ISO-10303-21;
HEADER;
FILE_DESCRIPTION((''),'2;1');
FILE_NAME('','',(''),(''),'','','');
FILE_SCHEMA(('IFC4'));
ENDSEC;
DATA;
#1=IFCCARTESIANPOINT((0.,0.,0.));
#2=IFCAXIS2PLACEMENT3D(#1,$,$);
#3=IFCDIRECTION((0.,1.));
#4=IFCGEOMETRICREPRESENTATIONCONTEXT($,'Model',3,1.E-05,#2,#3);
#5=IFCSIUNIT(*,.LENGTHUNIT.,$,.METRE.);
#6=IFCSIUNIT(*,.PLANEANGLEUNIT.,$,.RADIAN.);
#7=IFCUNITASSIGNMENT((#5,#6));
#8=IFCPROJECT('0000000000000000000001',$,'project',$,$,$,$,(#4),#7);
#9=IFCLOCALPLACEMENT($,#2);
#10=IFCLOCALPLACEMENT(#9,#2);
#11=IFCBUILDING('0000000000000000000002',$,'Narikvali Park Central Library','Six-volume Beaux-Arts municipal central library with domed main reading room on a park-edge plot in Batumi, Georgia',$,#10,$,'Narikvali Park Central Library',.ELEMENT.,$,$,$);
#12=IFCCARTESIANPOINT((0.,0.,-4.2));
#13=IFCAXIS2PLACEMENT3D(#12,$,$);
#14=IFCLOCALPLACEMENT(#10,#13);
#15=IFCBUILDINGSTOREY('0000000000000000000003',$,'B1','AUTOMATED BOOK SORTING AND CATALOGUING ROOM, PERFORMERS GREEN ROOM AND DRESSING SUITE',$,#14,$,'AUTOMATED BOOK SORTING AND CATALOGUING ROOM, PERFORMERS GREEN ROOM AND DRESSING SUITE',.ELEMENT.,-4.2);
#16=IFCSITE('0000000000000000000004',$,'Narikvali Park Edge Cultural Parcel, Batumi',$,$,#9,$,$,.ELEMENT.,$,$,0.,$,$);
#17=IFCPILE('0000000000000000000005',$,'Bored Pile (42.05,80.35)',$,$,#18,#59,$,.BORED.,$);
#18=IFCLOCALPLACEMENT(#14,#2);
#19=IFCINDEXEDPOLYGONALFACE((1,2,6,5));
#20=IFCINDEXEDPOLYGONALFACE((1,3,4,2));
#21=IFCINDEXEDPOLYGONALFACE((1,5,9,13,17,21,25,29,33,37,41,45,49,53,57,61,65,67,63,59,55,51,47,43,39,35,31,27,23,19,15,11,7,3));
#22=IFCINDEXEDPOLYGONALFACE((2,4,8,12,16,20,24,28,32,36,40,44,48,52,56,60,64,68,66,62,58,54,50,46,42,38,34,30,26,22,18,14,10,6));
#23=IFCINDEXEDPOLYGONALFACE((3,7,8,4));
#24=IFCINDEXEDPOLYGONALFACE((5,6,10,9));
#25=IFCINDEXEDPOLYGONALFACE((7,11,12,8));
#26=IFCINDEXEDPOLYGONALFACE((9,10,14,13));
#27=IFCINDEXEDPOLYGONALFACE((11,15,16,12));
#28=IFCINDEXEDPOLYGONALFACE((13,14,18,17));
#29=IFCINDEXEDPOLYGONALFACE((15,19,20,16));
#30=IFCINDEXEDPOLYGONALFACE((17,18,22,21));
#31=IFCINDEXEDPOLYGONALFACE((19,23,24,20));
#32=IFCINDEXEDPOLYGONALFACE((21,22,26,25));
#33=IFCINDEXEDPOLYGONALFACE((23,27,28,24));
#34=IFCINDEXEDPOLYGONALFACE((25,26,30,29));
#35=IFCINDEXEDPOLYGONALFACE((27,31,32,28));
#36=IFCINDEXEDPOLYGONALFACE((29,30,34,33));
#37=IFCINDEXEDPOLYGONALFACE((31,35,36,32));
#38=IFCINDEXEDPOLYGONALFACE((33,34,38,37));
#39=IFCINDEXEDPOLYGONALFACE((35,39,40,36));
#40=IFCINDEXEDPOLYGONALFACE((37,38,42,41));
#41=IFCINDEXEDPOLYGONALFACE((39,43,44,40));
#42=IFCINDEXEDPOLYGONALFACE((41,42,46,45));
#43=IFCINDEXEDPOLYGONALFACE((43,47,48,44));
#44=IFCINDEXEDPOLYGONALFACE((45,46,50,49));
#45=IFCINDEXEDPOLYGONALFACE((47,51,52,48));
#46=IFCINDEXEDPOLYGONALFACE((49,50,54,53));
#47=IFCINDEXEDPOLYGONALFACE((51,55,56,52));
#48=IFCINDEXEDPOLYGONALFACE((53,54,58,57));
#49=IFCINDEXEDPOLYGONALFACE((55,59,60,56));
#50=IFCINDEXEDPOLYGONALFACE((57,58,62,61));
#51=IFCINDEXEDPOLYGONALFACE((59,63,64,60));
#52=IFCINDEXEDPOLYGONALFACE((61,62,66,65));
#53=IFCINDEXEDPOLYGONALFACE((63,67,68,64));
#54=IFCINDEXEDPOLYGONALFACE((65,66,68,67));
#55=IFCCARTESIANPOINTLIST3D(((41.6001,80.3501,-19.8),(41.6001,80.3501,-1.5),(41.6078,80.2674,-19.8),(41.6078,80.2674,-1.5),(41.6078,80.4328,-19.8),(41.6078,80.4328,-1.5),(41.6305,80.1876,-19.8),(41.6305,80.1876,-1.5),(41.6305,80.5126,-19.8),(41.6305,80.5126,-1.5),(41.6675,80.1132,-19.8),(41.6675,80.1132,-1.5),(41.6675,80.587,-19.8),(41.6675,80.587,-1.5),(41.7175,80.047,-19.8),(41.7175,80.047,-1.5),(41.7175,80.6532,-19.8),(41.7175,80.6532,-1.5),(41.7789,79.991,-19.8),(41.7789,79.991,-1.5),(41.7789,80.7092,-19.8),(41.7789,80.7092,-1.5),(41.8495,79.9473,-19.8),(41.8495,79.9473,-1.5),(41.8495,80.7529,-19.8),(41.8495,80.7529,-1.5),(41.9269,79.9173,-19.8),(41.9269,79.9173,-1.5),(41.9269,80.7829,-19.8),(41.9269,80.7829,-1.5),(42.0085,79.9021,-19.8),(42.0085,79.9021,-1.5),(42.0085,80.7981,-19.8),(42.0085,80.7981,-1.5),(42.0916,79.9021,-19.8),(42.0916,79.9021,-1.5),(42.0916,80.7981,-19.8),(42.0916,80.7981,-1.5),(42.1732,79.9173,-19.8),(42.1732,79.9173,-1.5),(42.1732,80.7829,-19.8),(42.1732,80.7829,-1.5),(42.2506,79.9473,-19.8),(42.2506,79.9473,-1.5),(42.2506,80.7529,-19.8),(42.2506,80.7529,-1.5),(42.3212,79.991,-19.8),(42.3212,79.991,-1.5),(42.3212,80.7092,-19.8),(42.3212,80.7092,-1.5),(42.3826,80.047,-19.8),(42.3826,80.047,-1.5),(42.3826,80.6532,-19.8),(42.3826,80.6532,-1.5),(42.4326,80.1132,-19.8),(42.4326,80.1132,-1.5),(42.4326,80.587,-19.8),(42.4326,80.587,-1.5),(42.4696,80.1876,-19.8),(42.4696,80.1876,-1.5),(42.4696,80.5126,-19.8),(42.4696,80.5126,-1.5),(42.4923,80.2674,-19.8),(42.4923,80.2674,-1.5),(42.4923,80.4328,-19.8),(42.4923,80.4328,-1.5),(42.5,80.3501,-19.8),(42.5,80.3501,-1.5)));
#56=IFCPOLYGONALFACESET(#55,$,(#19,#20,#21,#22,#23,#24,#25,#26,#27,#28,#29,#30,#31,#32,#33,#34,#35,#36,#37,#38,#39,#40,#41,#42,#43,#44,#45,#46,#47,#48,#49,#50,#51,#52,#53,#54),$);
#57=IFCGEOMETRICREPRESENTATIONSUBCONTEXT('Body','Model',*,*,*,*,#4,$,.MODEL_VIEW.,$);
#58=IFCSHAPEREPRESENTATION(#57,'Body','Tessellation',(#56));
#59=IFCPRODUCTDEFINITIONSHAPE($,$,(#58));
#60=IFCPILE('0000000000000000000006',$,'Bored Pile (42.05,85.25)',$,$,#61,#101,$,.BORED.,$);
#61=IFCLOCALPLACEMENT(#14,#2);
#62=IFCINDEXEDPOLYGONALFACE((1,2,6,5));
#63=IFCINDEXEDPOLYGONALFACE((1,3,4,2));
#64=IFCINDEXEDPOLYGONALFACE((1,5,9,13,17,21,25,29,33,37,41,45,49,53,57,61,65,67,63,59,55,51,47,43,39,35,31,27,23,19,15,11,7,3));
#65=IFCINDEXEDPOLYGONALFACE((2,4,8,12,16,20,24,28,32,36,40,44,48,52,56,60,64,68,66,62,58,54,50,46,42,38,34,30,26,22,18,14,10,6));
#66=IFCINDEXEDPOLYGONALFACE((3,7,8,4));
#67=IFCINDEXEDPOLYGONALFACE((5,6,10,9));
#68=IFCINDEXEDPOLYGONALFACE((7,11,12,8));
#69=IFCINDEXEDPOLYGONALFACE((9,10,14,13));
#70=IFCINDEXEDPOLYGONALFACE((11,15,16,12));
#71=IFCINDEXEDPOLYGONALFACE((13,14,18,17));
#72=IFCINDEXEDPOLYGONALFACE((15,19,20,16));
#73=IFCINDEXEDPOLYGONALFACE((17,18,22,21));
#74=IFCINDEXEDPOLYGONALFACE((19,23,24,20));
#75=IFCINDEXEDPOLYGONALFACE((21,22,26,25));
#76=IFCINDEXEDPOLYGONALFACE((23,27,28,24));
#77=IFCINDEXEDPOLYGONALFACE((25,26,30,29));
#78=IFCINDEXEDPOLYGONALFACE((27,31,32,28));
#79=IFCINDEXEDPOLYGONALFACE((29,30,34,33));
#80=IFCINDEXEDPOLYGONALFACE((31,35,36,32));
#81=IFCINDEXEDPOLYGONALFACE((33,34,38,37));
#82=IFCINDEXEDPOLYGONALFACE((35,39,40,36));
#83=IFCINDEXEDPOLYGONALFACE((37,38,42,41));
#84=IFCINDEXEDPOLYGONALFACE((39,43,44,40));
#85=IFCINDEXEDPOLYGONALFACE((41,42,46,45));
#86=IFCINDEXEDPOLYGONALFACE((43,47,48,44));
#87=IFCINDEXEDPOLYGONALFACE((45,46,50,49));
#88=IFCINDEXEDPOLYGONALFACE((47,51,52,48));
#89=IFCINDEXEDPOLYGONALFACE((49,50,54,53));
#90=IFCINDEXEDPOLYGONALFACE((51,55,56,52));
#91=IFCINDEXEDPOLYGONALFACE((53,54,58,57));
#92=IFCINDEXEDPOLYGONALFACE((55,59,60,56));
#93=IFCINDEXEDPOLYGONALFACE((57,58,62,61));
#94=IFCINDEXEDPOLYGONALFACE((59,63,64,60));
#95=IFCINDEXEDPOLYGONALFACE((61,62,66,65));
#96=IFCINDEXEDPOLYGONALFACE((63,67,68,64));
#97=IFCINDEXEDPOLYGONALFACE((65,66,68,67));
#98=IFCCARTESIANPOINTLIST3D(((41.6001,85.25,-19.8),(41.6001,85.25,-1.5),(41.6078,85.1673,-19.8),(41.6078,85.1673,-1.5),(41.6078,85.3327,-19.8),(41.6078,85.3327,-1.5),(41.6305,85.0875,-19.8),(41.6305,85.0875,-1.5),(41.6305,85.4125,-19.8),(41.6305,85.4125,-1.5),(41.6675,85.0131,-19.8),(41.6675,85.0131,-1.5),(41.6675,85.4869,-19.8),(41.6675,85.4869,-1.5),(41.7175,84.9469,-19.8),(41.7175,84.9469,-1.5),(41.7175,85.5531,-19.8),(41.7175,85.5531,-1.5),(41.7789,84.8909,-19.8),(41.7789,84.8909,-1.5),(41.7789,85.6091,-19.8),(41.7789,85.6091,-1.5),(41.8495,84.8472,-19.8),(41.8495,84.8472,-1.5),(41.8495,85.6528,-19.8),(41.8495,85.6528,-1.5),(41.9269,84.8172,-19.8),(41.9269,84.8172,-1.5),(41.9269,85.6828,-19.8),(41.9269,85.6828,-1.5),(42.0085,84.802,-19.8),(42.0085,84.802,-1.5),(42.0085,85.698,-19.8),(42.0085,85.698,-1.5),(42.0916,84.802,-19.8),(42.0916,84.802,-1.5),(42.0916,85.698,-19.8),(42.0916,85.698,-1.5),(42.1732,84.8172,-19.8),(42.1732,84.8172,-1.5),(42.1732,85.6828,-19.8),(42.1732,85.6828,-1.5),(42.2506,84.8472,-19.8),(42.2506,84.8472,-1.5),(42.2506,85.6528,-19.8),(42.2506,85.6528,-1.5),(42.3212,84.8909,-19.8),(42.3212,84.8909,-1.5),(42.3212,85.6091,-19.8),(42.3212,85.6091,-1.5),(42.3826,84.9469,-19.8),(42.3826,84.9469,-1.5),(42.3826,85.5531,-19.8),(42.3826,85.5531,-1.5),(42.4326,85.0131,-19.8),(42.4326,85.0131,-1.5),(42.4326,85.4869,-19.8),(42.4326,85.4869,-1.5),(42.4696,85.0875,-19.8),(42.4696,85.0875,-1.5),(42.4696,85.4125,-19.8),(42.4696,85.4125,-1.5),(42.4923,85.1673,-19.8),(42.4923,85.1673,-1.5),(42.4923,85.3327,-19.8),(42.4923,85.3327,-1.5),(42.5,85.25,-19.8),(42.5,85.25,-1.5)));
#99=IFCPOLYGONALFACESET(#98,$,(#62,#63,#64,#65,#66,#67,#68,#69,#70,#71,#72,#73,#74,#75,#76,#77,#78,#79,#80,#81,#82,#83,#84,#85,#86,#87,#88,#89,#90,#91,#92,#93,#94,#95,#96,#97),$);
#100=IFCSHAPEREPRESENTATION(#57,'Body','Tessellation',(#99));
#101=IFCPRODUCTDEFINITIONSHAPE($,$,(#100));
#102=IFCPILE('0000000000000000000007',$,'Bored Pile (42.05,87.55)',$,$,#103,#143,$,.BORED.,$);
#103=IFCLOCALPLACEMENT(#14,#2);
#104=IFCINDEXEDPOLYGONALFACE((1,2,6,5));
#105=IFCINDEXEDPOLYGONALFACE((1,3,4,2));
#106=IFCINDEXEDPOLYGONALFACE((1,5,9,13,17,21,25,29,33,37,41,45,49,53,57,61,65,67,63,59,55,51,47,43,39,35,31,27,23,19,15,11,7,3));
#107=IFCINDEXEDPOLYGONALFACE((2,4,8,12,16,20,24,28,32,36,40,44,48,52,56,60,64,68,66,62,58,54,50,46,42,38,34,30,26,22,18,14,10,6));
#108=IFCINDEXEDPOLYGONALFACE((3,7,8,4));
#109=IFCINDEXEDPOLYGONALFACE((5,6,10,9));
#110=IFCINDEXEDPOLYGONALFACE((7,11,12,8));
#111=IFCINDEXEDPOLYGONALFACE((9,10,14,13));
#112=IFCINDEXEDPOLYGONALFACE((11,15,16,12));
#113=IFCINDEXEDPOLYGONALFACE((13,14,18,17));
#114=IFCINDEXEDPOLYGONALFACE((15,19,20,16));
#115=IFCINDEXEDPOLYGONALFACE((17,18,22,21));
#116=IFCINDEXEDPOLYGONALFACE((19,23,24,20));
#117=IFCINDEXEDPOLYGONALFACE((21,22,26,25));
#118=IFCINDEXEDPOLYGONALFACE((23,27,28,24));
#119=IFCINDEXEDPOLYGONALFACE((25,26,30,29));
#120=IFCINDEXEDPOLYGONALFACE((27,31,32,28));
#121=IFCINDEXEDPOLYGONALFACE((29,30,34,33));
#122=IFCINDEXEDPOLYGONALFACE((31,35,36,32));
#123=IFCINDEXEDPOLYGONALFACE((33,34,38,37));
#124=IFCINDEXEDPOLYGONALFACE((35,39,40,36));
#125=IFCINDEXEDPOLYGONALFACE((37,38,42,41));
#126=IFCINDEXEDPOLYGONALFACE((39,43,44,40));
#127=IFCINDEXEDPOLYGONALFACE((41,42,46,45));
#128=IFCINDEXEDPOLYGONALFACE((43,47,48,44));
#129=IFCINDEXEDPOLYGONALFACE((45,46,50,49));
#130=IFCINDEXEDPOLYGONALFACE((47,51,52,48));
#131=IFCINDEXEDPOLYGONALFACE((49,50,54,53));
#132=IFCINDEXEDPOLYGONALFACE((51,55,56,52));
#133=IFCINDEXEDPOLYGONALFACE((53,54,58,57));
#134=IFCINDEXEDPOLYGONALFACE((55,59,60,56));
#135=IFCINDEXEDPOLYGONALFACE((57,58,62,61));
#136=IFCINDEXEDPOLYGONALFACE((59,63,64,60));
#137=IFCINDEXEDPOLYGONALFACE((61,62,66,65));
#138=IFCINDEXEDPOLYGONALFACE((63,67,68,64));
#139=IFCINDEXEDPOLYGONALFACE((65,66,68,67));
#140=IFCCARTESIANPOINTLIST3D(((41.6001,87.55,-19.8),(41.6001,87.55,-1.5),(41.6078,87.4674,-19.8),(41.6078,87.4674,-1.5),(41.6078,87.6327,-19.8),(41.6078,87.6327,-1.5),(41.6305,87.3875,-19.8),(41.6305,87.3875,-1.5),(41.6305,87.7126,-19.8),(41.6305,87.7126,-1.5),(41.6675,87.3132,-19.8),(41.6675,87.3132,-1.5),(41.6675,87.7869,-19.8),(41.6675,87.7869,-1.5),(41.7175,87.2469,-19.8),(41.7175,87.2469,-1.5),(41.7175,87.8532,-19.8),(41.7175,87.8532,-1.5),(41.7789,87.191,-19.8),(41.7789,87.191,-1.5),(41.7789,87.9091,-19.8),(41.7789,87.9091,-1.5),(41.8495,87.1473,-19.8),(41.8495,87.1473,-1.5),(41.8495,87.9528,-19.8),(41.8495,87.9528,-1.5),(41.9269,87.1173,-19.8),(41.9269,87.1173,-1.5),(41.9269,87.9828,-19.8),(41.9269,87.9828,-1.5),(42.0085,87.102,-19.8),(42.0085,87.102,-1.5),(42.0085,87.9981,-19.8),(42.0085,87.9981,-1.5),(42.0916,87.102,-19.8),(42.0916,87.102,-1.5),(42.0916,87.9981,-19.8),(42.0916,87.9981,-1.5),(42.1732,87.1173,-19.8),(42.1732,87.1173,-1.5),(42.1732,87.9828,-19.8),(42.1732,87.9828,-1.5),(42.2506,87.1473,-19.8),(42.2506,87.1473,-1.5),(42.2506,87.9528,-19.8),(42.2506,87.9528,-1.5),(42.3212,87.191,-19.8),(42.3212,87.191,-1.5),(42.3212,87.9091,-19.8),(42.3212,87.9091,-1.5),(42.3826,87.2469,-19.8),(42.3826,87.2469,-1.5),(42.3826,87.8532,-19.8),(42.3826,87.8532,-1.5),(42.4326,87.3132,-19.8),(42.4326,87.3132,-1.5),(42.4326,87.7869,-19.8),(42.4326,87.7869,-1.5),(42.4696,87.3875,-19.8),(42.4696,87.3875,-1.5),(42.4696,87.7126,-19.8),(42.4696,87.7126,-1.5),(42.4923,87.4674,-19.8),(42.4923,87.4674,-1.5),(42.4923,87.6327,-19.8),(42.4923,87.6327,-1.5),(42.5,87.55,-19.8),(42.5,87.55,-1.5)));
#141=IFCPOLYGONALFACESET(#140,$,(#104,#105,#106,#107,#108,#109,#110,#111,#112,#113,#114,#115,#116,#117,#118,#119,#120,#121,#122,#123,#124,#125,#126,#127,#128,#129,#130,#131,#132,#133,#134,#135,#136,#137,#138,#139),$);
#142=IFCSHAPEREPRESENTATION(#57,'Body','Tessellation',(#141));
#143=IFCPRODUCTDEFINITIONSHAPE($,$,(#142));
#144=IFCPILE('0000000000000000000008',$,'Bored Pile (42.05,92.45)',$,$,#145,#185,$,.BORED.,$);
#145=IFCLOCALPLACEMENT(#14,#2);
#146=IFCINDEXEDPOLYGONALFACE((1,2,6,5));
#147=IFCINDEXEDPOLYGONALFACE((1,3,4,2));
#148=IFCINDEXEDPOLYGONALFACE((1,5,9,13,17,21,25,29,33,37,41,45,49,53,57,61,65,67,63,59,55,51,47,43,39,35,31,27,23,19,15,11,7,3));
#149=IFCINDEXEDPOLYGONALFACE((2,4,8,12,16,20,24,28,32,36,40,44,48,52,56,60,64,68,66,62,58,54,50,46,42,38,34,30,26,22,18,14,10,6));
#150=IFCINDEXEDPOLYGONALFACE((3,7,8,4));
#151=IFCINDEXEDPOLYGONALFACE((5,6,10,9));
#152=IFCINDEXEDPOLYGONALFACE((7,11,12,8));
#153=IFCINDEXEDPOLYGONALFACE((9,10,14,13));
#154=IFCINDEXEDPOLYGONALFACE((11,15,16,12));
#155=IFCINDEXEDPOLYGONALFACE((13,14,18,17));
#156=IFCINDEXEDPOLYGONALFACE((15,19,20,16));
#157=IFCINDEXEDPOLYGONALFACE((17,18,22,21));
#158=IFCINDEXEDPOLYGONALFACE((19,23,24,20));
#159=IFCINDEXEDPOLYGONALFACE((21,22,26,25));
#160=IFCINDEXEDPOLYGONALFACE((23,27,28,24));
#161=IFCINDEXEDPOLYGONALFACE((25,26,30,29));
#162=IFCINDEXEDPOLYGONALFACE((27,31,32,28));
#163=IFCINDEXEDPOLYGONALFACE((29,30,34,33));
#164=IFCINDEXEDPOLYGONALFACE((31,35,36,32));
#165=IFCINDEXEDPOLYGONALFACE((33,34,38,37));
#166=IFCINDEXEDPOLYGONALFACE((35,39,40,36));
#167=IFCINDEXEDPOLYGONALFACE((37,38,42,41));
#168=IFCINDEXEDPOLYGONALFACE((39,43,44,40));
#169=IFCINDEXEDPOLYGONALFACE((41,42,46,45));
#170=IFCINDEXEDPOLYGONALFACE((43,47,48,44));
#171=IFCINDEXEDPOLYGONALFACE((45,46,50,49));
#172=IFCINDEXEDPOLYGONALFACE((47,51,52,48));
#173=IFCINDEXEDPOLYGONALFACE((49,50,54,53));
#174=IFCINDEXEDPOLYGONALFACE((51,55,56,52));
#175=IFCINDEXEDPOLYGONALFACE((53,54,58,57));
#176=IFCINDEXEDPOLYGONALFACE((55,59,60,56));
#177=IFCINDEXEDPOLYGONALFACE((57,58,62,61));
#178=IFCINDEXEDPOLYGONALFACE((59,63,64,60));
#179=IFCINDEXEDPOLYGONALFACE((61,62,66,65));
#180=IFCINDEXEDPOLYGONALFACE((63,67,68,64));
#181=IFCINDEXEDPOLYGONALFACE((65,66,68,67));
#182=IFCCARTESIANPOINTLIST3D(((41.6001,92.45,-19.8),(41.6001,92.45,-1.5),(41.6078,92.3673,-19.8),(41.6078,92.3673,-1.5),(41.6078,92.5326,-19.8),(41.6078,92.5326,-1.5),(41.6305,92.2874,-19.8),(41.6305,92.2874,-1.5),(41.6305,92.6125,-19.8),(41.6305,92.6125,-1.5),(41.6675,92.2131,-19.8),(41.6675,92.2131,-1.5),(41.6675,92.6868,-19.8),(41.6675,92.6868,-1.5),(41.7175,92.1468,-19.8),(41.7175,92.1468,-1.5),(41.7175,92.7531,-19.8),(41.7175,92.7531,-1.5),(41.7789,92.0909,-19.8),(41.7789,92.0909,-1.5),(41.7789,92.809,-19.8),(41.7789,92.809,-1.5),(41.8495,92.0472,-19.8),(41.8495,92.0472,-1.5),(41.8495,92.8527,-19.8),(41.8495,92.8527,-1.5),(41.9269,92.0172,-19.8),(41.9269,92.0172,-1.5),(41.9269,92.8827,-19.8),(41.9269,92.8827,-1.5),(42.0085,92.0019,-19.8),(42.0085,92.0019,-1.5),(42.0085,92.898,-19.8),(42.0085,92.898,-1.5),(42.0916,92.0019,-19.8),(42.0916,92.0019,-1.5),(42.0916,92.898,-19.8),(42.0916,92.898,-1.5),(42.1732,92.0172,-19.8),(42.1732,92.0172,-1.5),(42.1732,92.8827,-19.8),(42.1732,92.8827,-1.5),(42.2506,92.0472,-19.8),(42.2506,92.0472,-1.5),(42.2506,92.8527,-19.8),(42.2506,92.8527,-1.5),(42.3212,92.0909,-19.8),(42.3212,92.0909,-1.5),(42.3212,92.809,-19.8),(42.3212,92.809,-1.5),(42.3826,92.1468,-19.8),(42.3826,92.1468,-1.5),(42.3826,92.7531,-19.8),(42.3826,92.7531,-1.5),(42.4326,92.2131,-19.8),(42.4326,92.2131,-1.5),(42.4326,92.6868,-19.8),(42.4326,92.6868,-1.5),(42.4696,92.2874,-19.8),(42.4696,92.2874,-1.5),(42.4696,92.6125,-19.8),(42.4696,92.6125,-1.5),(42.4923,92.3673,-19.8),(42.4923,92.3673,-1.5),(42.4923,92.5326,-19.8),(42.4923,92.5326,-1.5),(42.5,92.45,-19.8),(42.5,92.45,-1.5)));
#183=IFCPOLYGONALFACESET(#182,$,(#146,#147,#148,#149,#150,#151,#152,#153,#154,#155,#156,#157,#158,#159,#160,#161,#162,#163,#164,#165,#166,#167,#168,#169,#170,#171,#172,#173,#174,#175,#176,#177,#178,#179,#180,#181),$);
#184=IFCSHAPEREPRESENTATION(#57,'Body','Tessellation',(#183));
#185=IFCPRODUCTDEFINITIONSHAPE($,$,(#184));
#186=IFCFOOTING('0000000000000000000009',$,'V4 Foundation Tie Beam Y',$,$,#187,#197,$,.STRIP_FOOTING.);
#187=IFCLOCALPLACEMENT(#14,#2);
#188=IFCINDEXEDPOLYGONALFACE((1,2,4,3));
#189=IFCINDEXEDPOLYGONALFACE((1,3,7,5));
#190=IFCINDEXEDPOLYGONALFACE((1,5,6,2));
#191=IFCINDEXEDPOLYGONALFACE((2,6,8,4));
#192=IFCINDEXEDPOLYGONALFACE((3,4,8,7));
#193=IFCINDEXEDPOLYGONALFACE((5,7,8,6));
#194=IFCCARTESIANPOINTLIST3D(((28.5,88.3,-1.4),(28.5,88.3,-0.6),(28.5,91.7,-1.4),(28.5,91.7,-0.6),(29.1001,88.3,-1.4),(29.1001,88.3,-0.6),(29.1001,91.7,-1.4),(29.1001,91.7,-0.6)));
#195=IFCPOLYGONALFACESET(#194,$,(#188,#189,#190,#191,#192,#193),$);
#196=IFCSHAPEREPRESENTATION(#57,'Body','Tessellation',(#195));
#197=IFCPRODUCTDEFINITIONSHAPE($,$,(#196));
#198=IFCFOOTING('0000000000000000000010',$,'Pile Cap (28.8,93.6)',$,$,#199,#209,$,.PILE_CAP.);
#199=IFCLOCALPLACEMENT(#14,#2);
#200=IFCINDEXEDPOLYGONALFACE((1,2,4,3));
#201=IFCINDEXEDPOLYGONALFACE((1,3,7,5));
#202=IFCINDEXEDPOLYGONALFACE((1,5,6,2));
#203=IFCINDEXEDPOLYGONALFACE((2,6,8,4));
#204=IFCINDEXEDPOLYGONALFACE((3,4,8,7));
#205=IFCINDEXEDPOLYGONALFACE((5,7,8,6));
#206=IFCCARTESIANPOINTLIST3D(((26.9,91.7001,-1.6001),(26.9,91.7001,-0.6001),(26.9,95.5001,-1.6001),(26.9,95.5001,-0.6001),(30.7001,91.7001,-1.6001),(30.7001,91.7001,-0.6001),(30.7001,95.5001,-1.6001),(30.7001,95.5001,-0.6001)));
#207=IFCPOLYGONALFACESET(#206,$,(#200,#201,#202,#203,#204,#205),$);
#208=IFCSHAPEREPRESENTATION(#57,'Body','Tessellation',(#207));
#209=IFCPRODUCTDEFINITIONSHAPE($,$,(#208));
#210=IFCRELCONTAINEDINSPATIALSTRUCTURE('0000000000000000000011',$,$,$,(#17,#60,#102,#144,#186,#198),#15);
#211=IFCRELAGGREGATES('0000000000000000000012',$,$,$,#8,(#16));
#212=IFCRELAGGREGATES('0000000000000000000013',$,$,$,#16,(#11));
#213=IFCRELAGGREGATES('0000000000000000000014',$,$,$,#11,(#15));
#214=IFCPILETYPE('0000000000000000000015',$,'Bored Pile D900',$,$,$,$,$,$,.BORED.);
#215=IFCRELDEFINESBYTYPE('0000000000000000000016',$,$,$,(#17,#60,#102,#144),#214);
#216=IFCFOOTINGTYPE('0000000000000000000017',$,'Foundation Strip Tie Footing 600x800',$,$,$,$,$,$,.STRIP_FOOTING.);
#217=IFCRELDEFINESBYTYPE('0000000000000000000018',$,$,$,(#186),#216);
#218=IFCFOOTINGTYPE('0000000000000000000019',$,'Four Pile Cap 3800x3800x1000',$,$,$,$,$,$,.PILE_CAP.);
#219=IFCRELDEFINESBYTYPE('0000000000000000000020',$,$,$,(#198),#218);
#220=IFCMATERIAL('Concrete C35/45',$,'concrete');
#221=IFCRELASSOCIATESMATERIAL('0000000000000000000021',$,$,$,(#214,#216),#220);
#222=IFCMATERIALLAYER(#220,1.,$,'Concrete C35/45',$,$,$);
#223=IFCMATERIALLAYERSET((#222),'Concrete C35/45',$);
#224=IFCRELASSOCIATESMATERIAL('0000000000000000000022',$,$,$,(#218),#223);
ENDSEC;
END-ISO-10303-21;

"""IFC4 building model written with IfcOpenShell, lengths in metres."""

from ifc_helpers import new_model, si_unit, direction, frame, origin, origin_2d, place, context, subcontext, project, spatial, rectangle, circle, extrude, material, layer, layer_set, material_profile, profile_set, type_object, element, save


model = new_model("IFC4")

# Units and contexts
model_context = context("Model", 3, precision=1e-05, world=origin(), true_north=direction((0.0, 1.0)))
body_context = subcontext(model_context, "Body", "Model", "MODEL_VIEW")
ifc_project = project(units=[si_unit("LENGTHUNIT", "METRE"), si_unit("PLANEANGLEUNIT", "RADIAN")], contexts=[model_context])

# Site, building, storey
site_placement = place(None, origin())
site = spatial("IfcSite", under=ifc_project, at=site_placement, Name="Narikvali Park Edge Cultural Parcel, Batumi", CompositionType="ELEMENT", RefElevation=0.0)
building_placement = place(site_placement, origin())
building = spatial("IfcBuilding", under=site, at=building_placement, Name="Narikvali Park Central Library", Description="Six-volume Beaux-Arts municipal central library with domed main reading room on a park-edge plot in Batumi, Georgia", LongName="Narikvali Park Central Library", CompositionType="ELEMENT")
storey_placement = place(building_placement, frame((0.0, 0.0, -4.2)))
storey = spatial("IfcBuildingStorey", under=building, at=storey_placement, Name="B1", Description="AUTOMATED BOOK SORTING AND CATALOGUING ROOM, PERFORMERS GREEN ROOM AND DRESSING SUITE", LongName="AUTOMATED BOOK SORTING AND CATALOGUING ROOM, PERFORMERS GREEN ROOM AND DRESSING SUITE", CompositionType="ELEMENT", Elevation=-4.2)

# Piles
ifc_material_1 = material(Name="Concrete C35/45", Category="concrete")
ifc_material_profile_1 = material_profile(ifc_material_1, circle(Radius=0.45, at=origin_2d()), Name="PILE D900")
ifc_profile_set_1 = profile_set([ifc_material_profile_1], Name="Concrete C35/45")
pile_type = type_object("IfcPileType", Name="Bored Pile D900", PredefinedType="BORED", material=ifc_profile_set_1)
for number, where, z_axis, x_axis, name in (
    (1, (42.05, 80.3501, -1.5), (0.0, 0.0, -1.0), (1.0, 0.0, 0.0), "Bored Pile (42.05,80.35)"),
    (2, (42.05, 85.25, -1.5), (0.0, 0.0, -1.0), (1.0, 0.0, 0.0), "Bored Pile (42.05,85.25)"),
    (3, (42.05, 87.55, -1.5), (0.0, 0.0, -1.0), (1.0, 0.0, 0.0), "Bored Pile (42.05,87.55)"),
    (4, (42.05, 92.45, -1.5), (0.0, 0.0, -1.0), (1.0, 0.0, 0.0), "Bored Pile (42.05,92.45)"),
):
    element("IfcPile", number, at=place(storey_placement, frame(where, z_axis=z_axis, x_axis=x_axis)), inside=storey, type_object=pile_type, Name=name, PredefinedType="BORED", context=body_context, shape_type="SweptSolid", body=[
        extrude(circle(Radius=0.45, at=origin_2d()), origin(), (0.0, 0.0, 1.0), 18.3),
    ])

# Footings
ifc_material_profile_2 = material_profile(ifc_material_1, rectangle(XDim=0.6001, YDim=0.8, at=origin_2d()), Name="RC GB 600x800")
ifc_profile_set_2 = profile_set([ifc_material_profile_2], Name="Concrete C35/45")
footing_type_1 = type_object("IfcFootingType", Name="Foundation Strip Tie Footing 600x800", PredefinedType="STRIP_FOOTING", material=ifc_profile_set_2)
footing_placement = place(storey_placement, frame((28.8, 88.3, -1.0), z_axis=(0.0, 1.0, 0.0), x_axis=(-1.0, 0.0, 0.0)))
element("IfcFooting", 5, at=footing_placement, inside=storey, type_object=footing_type_1, Name="V4 Foundation Tie Beam Y", PredefinedType="STRIP_FOOTING", context=body_context, shape_type="SweptSolid", body=[
    extrude(rectangle(XDim=0.6001, YDim=0.8, at=origin_2d()), origin(), (0.0, 0.0, 1.0), 3.3999),
])
ifc_layer_1 = layer(ifc_material_1, 1.0, Name="Concrete C35/45")
ifc_layer_set_1 = layer_set([ifc_layer_1], Name="Concrete C35/45")
footing_type_2 = type_object("IfcFootingType", Name="Four Pile Cap 3800x3800x1000", PredefinedType="PILE_CAP", material=ifc_layer_set_1)
for number, where, z_axis, x_axis, name in (
    (6, (28.8, 93.6001, -1.6001), (0.0, 0.0, 1.0), (1.0, 0.0, 0.0), "Pile Cap (28.8,93.6)"),
):
    element("IfcFooting", number, at=place(storey_placement, frame(where, z_axis=z_axis, x_axis=x_axis)), inside=storey, type_object=footing_type_2, Name=name, PredefinedType="PILE_CAP", context=body_context, shape_type="SweptSolid", body=[
        extrude(rectangle(XDim=3.8, YDim=3.8, at=origin_2d()), origin(), (0.0, 0.0, 1.0), 1.0),
    ])

save(model, "model.ifc")
